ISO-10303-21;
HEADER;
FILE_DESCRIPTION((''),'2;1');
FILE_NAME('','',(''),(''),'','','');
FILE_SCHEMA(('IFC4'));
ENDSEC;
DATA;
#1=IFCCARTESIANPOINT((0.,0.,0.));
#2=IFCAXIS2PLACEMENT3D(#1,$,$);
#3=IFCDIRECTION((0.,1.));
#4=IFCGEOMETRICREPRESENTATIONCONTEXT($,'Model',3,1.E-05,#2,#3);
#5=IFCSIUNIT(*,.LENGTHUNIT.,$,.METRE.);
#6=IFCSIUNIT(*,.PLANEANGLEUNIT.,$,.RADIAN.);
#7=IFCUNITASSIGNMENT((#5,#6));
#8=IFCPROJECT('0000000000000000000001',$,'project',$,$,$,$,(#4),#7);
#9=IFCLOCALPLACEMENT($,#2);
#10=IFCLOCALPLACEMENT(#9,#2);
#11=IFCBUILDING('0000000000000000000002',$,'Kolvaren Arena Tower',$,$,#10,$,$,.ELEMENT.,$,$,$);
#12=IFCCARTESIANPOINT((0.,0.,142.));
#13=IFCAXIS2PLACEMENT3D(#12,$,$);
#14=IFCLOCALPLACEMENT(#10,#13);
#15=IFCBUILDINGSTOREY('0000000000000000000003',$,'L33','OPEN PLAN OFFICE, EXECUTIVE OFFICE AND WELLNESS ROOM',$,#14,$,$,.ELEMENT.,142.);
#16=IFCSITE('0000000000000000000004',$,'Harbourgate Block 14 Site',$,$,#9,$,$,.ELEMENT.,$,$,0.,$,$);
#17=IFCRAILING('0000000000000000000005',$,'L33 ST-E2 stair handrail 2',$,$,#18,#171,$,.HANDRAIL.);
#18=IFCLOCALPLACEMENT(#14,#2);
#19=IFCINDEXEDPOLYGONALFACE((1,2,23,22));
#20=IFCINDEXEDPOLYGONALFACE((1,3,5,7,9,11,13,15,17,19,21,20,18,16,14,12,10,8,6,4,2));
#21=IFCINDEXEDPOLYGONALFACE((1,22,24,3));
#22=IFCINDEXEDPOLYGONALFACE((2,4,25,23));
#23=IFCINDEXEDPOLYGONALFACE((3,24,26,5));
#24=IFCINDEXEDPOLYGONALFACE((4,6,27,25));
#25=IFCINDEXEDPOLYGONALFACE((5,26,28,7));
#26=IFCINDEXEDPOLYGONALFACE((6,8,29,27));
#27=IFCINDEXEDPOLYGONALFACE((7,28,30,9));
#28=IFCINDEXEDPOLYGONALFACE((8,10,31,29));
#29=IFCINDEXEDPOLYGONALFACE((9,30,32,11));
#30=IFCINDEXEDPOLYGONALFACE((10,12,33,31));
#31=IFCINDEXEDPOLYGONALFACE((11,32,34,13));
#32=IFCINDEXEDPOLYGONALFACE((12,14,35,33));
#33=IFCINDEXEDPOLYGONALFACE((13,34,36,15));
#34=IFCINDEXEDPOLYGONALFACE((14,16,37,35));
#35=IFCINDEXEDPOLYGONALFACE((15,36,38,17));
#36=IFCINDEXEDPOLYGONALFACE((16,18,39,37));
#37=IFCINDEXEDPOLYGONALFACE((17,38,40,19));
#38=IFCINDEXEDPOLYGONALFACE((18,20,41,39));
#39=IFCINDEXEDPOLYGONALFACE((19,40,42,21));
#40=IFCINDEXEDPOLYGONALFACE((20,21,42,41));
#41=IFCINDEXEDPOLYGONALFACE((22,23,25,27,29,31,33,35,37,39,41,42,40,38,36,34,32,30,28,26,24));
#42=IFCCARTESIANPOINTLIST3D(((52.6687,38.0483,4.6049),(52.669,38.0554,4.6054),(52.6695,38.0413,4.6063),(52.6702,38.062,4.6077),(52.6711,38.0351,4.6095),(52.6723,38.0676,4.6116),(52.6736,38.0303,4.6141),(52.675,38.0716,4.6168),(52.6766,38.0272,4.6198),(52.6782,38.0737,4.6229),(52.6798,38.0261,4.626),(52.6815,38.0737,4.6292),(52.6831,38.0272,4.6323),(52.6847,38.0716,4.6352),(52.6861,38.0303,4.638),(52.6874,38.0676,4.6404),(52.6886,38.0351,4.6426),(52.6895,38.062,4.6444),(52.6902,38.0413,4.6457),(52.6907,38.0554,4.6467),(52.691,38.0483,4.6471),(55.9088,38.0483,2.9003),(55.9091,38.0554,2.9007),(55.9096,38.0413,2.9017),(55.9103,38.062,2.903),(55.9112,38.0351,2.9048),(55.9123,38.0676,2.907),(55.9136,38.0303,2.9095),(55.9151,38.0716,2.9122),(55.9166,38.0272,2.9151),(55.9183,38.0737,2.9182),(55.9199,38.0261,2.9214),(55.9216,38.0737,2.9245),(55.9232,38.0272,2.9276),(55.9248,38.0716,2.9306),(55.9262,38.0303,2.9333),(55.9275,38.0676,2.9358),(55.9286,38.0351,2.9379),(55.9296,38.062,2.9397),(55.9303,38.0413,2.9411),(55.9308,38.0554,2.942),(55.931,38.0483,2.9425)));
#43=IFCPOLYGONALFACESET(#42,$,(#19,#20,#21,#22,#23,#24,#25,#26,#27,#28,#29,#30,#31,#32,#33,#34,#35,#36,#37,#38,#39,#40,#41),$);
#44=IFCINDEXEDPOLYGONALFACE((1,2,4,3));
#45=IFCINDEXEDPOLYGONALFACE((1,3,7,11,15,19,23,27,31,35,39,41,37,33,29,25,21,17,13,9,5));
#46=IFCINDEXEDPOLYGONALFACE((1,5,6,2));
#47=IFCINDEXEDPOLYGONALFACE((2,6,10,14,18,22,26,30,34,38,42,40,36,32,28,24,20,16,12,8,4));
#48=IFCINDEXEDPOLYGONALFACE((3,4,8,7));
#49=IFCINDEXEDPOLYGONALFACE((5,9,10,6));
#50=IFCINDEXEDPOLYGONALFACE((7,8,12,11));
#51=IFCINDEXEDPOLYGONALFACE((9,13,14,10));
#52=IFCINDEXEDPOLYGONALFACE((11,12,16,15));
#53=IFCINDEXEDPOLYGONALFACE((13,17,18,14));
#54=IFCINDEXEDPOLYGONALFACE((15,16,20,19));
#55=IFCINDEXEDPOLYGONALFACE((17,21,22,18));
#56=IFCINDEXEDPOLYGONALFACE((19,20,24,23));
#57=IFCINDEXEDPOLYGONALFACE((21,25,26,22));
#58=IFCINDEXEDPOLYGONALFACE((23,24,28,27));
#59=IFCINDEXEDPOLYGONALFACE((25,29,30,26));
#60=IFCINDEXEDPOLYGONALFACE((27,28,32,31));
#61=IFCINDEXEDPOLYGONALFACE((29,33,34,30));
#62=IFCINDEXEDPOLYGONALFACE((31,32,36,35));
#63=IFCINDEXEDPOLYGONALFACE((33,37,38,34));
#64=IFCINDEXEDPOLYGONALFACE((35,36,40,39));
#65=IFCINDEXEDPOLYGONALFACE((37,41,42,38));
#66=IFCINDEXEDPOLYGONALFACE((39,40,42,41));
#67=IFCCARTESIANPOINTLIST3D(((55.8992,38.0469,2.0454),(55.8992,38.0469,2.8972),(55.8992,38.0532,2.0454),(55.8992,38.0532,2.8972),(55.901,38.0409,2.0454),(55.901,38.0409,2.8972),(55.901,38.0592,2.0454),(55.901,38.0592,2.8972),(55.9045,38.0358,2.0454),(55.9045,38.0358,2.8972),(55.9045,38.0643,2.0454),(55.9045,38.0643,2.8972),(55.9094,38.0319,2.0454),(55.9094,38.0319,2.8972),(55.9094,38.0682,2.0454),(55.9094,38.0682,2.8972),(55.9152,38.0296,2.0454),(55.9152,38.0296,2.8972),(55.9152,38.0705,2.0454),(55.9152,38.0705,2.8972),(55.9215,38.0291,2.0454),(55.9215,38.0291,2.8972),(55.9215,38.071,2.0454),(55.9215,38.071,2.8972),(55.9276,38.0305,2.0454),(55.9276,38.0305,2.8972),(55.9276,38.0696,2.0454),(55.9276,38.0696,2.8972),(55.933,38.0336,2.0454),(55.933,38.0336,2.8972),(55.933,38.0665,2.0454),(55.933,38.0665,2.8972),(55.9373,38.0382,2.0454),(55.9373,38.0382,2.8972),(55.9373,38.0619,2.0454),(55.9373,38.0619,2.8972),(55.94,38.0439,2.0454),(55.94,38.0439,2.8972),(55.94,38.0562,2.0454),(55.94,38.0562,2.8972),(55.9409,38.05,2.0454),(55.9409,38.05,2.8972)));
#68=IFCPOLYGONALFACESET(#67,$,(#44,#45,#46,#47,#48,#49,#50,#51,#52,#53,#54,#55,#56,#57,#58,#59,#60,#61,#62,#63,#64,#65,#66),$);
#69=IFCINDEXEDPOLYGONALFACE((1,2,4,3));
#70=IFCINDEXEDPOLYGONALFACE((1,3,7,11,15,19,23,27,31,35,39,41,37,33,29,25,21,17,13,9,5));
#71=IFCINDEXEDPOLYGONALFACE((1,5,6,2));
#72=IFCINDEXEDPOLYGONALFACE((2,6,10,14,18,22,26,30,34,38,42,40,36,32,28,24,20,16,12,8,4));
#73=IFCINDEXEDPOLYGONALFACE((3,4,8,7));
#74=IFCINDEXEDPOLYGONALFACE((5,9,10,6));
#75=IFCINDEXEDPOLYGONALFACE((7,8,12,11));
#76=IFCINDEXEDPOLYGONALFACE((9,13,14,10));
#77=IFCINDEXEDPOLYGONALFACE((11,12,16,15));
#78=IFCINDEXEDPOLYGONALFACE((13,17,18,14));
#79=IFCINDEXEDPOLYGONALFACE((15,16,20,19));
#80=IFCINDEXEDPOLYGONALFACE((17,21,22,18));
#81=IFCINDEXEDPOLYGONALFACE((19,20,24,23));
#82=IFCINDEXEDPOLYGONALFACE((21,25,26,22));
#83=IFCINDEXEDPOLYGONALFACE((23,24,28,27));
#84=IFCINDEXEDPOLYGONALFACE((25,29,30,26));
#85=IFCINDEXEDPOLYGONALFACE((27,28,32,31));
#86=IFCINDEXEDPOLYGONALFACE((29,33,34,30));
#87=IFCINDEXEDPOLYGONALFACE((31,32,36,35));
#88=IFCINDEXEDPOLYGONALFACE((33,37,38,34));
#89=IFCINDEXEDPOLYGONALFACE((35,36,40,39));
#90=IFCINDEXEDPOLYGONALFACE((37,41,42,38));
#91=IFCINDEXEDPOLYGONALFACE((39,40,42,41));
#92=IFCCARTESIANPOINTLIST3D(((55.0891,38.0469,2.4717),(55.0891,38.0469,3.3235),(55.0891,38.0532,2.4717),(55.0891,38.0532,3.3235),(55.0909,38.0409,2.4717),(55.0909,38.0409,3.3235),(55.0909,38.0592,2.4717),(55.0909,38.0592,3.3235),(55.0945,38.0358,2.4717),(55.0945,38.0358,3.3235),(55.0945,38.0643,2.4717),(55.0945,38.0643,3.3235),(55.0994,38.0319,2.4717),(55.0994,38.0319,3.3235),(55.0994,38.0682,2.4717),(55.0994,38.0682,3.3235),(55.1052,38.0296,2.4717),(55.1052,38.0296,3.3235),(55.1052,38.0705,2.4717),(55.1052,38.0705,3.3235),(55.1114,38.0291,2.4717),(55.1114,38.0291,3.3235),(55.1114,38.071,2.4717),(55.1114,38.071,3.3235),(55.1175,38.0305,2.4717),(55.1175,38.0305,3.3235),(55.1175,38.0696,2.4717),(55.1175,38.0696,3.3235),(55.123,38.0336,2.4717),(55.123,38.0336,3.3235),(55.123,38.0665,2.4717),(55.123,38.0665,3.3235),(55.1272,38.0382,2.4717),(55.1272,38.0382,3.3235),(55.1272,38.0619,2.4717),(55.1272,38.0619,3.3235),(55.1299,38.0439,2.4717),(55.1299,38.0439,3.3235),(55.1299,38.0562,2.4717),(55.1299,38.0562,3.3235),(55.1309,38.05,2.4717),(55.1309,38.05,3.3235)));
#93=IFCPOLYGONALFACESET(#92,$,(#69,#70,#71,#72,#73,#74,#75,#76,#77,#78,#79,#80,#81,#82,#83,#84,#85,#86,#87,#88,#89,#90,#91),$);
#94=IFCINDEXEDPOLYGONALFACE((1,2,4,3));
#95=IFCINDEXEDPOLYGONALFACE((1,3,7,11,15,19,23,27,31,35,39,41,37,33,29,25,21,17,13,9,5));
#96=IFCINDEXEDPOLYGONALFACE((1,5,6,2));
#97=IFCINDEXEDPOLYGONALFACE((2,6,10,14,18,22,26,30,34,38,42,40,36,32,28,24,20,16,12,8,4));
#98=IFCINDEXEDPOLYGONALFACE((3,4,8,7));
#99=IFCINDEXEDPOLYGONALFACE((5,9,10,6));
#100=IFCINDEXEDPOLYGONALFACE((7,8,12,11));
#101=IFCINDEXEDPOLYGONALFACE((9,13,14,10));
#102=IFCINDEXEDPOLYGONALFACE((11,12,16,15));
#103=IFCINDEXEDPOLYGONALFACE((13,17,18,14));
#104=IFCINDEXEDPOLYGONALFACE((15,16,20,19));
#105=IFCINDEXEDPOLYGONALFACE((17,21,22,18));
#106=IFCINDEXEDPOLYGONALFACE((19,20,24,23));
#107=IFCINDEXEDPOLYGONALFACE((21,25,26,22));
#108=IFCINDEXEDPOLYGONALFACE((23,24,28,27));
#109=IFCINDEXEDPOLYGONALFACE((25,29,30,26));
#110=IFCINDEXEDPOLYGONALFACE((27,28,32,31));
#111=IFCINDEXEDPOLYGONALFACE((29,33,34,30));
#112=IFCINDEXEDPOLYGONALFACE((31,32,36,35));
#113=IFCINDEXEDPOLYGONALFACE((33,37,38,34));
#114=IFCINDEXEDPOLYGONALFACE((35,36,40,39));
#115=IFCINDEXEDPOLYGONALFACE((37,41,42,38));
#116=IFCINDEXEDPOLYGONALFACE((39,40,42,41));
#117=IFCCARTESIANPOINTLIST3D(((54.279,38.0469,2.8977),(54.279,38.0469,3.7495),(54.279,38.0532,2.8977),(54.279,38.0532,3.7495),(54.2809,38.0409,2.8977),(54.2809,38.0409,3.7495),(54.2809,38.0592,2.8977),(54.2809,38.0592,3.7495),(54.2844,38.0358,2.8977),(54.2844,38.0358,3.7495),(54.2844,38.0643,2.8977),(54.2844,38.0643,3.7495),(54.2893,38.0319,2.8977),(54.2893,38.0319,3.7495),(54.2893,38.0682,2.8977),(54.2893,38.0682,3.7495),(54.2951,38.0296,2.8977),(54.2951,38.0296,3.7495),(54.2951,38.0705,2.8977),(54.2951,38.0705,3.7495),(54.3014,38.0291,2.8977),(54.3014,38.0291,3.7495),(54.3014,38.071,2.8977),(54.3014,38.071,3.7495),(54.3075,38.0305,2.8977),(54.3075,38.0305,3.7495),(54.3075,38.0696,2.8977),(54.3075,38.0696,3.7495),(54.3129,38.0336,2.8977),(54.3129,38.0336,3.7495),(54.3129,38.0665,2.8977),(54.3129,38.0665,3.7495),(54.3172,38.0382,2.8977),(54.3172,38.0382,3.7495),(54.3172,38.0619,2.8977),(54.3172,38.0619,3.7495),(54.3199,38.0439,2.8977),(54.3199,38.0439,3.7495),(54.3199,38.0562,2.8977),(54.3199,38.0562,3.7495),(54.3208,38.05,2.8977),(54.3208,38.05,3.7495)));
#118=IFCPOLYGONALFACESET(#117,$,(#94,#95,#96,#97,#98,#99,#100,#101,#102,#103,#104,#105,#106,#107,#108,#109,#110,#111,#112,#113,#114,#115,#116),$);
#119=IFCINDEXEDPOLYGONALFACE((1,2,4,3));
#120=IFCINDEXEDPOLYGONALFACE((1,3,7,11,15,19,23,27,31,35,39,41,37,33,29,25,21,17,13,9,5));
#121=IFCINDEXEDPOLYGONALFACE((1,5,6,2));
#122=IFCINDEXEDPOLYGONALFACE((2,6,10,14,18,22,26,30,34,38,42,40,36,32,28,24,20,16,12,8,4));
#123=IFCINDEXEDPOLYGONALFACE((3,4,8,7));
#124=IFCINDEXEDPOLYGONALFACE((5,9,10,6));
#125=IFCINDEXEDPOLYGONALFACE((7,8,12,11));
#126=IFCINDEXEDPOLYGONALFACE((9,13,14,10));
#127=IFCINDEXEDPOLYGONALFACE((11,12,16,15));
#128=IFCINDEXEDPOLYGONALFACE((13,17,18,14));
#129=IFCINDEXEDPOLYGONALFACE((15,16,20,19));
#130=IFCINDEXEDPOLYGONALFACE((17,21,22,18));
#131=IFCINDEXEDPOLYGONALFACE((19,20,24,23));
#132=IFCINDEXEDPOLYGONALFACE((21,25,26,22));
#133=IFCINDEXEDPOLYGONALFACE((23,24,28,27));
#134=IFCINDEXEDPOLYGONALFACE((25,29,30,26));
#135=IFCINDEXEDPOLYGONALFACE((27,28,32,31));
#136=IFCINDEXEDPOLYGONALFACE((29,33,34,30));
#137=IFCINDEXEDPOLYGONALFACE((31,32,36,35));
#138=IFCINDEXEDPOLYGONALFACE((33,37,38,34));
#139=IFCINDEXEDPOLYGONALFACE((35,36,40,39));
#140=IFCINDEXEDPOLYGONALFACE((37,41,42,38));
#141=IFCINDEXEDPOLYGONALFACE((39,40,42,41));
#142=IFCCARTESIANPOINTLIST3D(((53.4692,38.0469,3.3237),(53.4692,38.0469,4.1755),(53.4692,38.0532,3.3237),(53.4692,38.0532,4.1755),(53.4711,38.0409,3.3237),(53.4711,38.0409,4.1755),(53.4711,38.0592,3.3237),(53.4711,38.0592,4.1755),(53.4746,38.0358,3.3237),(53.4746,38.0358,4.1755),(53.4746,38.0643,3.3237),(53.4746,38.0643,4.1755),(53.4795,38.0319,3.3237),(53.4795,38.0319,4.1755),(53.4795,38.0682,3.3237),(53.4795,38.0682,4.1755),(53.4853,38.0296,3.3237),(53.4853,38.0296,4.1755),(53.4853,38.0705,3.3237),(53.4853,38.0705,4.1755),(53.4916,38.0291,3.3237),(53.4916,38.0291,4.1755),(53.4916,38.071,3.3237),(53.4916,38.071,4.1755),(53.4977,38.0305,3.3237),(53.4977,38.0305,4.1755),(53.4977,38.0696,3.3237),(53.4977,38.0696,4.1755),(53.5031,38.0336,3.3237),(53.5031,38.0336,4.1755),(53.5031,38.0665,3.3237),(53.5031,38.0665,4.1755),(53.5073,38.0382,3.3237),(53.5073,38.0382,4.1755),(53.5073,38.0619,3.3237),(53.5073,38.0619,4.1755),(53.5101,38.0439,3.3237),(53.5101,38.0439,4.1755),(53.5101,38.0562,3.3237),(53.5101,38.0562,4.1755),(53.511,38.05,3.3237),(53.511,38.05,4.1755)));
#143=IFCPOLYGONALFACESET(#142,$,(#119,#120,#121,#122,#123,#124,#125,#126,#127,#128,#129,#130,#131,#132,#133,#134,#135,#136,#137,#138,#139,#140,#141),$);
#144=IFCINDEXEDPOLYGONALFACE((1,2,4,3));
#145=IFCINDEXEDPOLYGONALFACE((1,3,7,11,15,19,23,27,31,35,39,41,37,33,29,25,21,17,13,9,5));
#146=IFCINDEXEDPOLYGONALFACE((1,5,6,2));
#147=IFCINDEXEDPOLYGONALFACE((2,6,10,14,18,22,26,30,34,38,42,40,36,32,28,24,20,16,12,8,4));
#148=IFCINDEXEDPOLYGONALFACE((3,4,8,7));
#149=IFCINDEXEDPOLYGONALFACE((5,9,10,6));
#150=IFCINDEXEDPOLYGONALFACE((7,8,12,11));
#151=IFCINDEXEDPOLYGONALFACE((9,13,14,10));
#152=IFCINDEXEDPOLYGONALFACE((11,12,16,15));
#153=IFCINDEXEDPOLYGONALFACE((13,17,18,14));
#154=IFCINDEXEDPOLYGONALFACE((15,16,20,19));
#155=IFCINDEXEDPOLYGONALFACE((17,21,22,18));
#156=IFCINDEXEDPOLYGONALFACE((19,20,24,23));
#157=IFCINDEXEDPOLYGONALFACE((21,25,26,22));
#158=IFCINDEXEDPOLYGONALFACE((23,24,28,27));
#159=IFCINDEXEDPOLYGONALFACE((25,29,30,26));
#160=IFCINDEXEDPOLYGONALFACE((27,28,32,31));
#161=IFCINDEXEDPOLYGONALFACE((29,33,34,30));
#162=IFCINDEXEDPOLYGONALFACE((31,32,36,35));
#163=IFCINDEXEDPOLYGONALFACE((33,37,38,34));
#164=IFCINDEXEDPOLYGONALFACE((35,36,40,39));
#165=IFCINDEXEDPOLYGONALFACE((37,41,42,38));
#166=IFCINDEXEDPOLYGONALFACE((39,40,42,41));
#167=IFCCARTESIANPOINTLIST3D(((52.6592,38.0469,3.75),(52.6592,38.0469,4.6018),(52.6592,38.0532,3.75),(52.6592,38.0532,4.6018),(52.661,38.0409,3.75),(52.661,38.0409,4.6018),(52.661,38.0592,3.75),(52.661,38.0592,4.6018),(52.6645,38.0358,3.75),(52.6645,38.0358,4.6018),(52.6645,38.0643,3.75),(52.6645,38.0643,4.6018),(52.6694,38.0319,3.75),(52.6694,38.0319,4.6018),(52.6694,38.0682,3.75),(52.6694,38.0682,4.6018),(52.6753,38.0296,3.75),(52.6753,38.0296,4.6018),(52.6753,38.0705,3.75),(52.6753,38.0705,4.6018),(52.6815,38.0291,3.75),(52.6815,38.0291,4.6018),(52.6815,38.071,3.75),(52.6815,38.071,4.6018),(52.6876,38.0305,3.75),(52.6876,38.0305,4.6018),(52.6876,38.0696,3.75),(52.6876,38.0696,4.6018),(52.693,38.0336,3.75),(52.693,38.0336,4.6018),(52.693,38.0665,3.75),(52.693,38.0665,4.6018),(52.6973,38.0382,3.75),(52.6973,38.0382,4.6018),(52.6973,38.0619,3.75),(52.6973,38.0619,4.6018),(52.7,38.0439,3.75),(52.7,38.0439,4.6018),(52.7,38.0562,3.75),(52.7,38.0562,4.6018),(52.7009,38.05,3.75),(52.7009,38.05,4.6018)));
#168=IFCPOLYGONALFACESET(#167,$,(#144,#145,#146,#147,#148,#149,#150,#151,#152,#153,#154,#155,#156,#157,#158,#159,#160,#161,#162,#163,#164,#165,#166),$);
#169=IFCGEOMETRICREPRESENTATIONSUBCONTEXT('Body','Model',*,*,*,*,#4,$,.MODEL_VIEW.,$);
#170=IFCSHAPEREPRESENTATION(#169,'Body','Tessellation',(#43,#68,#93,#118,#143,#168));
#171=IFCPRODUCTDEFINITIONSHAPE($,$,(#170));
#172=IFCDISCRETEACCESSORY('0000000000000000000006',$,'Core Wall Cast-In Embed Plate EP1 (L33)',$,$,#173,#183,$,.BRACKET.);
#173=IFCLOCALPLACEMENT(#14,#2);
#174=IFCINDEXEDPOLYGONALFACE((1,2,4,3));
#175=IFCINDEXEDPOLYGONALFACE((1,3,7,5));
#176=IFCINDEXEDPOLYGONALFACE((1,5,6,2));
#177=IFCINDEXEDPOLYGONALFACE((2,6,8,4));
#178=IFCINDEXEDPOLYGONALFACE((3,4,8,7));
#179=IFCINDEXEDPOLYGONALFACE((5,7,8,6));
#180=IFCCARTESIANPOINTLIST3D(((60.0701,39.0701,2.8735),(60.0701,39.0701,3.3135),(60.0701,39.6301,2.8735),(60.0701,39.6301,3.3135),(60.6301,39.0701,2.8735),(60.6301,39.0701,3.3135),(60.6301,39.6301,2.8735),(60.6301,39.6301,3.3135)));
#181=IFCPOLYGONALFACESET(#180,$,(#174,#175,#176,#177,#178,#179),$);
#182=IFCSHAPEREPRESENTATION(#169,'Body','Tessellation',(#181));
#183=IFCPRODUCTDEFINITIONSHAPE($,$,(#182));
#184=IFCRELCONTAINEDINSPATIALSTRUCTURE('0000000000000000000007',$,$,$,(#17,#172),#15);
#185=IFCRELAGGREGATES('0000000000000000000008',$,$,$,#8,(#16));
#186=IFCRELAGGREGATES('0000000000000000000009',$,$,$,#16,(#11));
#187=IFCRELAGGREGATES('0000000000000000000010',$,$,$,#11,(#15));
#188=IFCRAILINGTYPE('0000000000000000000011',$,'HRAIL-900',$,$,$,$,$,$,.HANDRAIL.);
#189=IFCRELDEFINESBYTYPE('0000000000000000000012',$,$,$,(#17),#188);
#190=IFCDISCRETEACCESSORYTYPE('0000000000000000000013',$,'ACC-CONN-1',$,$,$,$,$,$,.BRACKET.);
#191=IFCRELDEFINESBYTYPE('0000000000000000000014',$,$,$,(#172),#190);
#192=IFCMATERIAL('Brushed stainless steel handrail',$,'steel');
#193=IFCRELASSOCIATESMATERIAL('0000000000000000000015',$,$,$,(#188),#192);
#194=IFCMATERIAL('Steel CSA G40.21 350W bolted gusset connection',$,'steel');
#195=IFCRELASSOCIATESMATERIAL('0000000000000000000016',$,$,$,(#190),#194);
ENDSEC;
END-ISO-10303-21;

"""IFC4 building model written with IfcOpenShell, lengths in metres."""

from ifc_helpers import new_model, si_unit, direction, frame, origin, origin_2d, place, context, subcontext, project, spatial, rectangle, circle, extrude, material, type_object, element, save


model = new_model("IFC4")

# Units and contexts
model_context = context("Model", 3, precision=1e-05, world=origin(), true_north=direction((0.0, 1.0)))
body_context = subcontext(model_context, "Body", "Model", "MODEL_VIEW")
ifc_project = project(units=[si_unit("LENGTHUNIT", "METRE"), si_unit("PLANEANGLEUNIT", "RADIAN")], contexts=[model_context])

# Site, building, storey
site_placement = place(None, origin())
site = spatial("IfcSite", under=ifc_project, at=site_placement, Name="Harbourgate Block 14 Site", CompositionType="ELEMENT", RefElevation=0.0)
building_placement = place(site_placement, origin())
building = spatial("IfcBuilding", under=site, at=building_placement, Name="Kolvaren Arena Tower", CompositionType="ELEMENT")
storey_placement = place(building_placement, frame((0.0, 0.0, 142.0)))
storey = spatial("IfcBuildingStorey", under=building, at=storey_placement, Name="L33", Description="OPEN PLAN OFFICE, EXECUTIVE OFFICE AND WELLNESS ROOM", CompositionType="ELEMENT", Elevation=142.0)

# Railing
ifc_material_1 = material(Name="Brushed stainless steel handrail", Category="steel")
railing_type_1 = type_object("IfcRailingType", Name="HRAIL-900", PredefinedType="HANDRAIL", material=ifc_material_1)
for number, where, name in (
    (1, (55.9199, 38.05, 2.0454), "L33 ST-E2 stair handrail 2"),
):
    element("IfcRailing", number, at=place(storey_placement, frame(where)), inside=storey, type_object=railing_type_1, Name=name, PredefinedType="HANDRAIL", context=body_context, shape_type="SweptSolid", body=[
        extrude(circle(Radius=0.0239, at=origin_2d()), frame((0.0, 0.0, 0.876), z_axis=(-0.884993, 0.0, 0.465604), x_axis=(0.0, -1.0, 0.0)), (0.0, 0.0, 1.0), 3.6611),
        extrude(circle(Radius=0.021, at=origin_2d()), origin(), (0.0, 0.0, 1.0), 0.8518),
        extrude(circle(Radius=0.021, at=origin_2d()), frame((-0.8101, 0.0, 0.4263)), (0.0, 0.0, 1.0), 0.8518),
        extrude(circle(Radius=0.021, at=origin_2d()), frame((-1.6201, 0.0, 0.8523)), (0.0, 0.0, 1.0), 0.8518),
        extrude(circle(Radius=0.021, at=origin_2d()), frame((-2.4299, 0.0, 1.2783)), (0.0, 0.0, 1.0), 0.8518),
        extrude(circle(Radius=0.021, at=origin_2d()), frame((-3.24, 0.0, 1.7046)), (0.0, 0.0, 1.0), 0.8518),
    ])

# Discrete accessory
ifc_material_2 = material(Name="Steel CSA G40.21 350W bolted gusset connection", Category="steel")
discrete_accessory_type = type_object("IfcDiscreteAccessoryType", Name="ACC-CONN-1", PredefinedType="BRACKET", material=ifc_material_2)
discrete_accessory_placement = place(storey_placement, frame((60.3501, 39.3501, 2.8735), z_axis=(0.0, 0.0, 1.0), x_axis=(1.0, 0.0, 0.0)))
element("IfcDiscreteAccessory", 2, at=discrete_accessory_placement, inside=storey, type_object=discrete_accessory_type, Name="Core Wall Cast-In Embed Plate EP1 (L33)", PredefinedType="BRACKET", context=body_context, shape_type="SweptSolid", body=[
    extrude(rectangle(XDim=0.5601, YDim=0.5601, at=origin_2d()), origin(), (0.0, 0.0, 1.0), 0.4399),
])

save(model, "model.ifc")
